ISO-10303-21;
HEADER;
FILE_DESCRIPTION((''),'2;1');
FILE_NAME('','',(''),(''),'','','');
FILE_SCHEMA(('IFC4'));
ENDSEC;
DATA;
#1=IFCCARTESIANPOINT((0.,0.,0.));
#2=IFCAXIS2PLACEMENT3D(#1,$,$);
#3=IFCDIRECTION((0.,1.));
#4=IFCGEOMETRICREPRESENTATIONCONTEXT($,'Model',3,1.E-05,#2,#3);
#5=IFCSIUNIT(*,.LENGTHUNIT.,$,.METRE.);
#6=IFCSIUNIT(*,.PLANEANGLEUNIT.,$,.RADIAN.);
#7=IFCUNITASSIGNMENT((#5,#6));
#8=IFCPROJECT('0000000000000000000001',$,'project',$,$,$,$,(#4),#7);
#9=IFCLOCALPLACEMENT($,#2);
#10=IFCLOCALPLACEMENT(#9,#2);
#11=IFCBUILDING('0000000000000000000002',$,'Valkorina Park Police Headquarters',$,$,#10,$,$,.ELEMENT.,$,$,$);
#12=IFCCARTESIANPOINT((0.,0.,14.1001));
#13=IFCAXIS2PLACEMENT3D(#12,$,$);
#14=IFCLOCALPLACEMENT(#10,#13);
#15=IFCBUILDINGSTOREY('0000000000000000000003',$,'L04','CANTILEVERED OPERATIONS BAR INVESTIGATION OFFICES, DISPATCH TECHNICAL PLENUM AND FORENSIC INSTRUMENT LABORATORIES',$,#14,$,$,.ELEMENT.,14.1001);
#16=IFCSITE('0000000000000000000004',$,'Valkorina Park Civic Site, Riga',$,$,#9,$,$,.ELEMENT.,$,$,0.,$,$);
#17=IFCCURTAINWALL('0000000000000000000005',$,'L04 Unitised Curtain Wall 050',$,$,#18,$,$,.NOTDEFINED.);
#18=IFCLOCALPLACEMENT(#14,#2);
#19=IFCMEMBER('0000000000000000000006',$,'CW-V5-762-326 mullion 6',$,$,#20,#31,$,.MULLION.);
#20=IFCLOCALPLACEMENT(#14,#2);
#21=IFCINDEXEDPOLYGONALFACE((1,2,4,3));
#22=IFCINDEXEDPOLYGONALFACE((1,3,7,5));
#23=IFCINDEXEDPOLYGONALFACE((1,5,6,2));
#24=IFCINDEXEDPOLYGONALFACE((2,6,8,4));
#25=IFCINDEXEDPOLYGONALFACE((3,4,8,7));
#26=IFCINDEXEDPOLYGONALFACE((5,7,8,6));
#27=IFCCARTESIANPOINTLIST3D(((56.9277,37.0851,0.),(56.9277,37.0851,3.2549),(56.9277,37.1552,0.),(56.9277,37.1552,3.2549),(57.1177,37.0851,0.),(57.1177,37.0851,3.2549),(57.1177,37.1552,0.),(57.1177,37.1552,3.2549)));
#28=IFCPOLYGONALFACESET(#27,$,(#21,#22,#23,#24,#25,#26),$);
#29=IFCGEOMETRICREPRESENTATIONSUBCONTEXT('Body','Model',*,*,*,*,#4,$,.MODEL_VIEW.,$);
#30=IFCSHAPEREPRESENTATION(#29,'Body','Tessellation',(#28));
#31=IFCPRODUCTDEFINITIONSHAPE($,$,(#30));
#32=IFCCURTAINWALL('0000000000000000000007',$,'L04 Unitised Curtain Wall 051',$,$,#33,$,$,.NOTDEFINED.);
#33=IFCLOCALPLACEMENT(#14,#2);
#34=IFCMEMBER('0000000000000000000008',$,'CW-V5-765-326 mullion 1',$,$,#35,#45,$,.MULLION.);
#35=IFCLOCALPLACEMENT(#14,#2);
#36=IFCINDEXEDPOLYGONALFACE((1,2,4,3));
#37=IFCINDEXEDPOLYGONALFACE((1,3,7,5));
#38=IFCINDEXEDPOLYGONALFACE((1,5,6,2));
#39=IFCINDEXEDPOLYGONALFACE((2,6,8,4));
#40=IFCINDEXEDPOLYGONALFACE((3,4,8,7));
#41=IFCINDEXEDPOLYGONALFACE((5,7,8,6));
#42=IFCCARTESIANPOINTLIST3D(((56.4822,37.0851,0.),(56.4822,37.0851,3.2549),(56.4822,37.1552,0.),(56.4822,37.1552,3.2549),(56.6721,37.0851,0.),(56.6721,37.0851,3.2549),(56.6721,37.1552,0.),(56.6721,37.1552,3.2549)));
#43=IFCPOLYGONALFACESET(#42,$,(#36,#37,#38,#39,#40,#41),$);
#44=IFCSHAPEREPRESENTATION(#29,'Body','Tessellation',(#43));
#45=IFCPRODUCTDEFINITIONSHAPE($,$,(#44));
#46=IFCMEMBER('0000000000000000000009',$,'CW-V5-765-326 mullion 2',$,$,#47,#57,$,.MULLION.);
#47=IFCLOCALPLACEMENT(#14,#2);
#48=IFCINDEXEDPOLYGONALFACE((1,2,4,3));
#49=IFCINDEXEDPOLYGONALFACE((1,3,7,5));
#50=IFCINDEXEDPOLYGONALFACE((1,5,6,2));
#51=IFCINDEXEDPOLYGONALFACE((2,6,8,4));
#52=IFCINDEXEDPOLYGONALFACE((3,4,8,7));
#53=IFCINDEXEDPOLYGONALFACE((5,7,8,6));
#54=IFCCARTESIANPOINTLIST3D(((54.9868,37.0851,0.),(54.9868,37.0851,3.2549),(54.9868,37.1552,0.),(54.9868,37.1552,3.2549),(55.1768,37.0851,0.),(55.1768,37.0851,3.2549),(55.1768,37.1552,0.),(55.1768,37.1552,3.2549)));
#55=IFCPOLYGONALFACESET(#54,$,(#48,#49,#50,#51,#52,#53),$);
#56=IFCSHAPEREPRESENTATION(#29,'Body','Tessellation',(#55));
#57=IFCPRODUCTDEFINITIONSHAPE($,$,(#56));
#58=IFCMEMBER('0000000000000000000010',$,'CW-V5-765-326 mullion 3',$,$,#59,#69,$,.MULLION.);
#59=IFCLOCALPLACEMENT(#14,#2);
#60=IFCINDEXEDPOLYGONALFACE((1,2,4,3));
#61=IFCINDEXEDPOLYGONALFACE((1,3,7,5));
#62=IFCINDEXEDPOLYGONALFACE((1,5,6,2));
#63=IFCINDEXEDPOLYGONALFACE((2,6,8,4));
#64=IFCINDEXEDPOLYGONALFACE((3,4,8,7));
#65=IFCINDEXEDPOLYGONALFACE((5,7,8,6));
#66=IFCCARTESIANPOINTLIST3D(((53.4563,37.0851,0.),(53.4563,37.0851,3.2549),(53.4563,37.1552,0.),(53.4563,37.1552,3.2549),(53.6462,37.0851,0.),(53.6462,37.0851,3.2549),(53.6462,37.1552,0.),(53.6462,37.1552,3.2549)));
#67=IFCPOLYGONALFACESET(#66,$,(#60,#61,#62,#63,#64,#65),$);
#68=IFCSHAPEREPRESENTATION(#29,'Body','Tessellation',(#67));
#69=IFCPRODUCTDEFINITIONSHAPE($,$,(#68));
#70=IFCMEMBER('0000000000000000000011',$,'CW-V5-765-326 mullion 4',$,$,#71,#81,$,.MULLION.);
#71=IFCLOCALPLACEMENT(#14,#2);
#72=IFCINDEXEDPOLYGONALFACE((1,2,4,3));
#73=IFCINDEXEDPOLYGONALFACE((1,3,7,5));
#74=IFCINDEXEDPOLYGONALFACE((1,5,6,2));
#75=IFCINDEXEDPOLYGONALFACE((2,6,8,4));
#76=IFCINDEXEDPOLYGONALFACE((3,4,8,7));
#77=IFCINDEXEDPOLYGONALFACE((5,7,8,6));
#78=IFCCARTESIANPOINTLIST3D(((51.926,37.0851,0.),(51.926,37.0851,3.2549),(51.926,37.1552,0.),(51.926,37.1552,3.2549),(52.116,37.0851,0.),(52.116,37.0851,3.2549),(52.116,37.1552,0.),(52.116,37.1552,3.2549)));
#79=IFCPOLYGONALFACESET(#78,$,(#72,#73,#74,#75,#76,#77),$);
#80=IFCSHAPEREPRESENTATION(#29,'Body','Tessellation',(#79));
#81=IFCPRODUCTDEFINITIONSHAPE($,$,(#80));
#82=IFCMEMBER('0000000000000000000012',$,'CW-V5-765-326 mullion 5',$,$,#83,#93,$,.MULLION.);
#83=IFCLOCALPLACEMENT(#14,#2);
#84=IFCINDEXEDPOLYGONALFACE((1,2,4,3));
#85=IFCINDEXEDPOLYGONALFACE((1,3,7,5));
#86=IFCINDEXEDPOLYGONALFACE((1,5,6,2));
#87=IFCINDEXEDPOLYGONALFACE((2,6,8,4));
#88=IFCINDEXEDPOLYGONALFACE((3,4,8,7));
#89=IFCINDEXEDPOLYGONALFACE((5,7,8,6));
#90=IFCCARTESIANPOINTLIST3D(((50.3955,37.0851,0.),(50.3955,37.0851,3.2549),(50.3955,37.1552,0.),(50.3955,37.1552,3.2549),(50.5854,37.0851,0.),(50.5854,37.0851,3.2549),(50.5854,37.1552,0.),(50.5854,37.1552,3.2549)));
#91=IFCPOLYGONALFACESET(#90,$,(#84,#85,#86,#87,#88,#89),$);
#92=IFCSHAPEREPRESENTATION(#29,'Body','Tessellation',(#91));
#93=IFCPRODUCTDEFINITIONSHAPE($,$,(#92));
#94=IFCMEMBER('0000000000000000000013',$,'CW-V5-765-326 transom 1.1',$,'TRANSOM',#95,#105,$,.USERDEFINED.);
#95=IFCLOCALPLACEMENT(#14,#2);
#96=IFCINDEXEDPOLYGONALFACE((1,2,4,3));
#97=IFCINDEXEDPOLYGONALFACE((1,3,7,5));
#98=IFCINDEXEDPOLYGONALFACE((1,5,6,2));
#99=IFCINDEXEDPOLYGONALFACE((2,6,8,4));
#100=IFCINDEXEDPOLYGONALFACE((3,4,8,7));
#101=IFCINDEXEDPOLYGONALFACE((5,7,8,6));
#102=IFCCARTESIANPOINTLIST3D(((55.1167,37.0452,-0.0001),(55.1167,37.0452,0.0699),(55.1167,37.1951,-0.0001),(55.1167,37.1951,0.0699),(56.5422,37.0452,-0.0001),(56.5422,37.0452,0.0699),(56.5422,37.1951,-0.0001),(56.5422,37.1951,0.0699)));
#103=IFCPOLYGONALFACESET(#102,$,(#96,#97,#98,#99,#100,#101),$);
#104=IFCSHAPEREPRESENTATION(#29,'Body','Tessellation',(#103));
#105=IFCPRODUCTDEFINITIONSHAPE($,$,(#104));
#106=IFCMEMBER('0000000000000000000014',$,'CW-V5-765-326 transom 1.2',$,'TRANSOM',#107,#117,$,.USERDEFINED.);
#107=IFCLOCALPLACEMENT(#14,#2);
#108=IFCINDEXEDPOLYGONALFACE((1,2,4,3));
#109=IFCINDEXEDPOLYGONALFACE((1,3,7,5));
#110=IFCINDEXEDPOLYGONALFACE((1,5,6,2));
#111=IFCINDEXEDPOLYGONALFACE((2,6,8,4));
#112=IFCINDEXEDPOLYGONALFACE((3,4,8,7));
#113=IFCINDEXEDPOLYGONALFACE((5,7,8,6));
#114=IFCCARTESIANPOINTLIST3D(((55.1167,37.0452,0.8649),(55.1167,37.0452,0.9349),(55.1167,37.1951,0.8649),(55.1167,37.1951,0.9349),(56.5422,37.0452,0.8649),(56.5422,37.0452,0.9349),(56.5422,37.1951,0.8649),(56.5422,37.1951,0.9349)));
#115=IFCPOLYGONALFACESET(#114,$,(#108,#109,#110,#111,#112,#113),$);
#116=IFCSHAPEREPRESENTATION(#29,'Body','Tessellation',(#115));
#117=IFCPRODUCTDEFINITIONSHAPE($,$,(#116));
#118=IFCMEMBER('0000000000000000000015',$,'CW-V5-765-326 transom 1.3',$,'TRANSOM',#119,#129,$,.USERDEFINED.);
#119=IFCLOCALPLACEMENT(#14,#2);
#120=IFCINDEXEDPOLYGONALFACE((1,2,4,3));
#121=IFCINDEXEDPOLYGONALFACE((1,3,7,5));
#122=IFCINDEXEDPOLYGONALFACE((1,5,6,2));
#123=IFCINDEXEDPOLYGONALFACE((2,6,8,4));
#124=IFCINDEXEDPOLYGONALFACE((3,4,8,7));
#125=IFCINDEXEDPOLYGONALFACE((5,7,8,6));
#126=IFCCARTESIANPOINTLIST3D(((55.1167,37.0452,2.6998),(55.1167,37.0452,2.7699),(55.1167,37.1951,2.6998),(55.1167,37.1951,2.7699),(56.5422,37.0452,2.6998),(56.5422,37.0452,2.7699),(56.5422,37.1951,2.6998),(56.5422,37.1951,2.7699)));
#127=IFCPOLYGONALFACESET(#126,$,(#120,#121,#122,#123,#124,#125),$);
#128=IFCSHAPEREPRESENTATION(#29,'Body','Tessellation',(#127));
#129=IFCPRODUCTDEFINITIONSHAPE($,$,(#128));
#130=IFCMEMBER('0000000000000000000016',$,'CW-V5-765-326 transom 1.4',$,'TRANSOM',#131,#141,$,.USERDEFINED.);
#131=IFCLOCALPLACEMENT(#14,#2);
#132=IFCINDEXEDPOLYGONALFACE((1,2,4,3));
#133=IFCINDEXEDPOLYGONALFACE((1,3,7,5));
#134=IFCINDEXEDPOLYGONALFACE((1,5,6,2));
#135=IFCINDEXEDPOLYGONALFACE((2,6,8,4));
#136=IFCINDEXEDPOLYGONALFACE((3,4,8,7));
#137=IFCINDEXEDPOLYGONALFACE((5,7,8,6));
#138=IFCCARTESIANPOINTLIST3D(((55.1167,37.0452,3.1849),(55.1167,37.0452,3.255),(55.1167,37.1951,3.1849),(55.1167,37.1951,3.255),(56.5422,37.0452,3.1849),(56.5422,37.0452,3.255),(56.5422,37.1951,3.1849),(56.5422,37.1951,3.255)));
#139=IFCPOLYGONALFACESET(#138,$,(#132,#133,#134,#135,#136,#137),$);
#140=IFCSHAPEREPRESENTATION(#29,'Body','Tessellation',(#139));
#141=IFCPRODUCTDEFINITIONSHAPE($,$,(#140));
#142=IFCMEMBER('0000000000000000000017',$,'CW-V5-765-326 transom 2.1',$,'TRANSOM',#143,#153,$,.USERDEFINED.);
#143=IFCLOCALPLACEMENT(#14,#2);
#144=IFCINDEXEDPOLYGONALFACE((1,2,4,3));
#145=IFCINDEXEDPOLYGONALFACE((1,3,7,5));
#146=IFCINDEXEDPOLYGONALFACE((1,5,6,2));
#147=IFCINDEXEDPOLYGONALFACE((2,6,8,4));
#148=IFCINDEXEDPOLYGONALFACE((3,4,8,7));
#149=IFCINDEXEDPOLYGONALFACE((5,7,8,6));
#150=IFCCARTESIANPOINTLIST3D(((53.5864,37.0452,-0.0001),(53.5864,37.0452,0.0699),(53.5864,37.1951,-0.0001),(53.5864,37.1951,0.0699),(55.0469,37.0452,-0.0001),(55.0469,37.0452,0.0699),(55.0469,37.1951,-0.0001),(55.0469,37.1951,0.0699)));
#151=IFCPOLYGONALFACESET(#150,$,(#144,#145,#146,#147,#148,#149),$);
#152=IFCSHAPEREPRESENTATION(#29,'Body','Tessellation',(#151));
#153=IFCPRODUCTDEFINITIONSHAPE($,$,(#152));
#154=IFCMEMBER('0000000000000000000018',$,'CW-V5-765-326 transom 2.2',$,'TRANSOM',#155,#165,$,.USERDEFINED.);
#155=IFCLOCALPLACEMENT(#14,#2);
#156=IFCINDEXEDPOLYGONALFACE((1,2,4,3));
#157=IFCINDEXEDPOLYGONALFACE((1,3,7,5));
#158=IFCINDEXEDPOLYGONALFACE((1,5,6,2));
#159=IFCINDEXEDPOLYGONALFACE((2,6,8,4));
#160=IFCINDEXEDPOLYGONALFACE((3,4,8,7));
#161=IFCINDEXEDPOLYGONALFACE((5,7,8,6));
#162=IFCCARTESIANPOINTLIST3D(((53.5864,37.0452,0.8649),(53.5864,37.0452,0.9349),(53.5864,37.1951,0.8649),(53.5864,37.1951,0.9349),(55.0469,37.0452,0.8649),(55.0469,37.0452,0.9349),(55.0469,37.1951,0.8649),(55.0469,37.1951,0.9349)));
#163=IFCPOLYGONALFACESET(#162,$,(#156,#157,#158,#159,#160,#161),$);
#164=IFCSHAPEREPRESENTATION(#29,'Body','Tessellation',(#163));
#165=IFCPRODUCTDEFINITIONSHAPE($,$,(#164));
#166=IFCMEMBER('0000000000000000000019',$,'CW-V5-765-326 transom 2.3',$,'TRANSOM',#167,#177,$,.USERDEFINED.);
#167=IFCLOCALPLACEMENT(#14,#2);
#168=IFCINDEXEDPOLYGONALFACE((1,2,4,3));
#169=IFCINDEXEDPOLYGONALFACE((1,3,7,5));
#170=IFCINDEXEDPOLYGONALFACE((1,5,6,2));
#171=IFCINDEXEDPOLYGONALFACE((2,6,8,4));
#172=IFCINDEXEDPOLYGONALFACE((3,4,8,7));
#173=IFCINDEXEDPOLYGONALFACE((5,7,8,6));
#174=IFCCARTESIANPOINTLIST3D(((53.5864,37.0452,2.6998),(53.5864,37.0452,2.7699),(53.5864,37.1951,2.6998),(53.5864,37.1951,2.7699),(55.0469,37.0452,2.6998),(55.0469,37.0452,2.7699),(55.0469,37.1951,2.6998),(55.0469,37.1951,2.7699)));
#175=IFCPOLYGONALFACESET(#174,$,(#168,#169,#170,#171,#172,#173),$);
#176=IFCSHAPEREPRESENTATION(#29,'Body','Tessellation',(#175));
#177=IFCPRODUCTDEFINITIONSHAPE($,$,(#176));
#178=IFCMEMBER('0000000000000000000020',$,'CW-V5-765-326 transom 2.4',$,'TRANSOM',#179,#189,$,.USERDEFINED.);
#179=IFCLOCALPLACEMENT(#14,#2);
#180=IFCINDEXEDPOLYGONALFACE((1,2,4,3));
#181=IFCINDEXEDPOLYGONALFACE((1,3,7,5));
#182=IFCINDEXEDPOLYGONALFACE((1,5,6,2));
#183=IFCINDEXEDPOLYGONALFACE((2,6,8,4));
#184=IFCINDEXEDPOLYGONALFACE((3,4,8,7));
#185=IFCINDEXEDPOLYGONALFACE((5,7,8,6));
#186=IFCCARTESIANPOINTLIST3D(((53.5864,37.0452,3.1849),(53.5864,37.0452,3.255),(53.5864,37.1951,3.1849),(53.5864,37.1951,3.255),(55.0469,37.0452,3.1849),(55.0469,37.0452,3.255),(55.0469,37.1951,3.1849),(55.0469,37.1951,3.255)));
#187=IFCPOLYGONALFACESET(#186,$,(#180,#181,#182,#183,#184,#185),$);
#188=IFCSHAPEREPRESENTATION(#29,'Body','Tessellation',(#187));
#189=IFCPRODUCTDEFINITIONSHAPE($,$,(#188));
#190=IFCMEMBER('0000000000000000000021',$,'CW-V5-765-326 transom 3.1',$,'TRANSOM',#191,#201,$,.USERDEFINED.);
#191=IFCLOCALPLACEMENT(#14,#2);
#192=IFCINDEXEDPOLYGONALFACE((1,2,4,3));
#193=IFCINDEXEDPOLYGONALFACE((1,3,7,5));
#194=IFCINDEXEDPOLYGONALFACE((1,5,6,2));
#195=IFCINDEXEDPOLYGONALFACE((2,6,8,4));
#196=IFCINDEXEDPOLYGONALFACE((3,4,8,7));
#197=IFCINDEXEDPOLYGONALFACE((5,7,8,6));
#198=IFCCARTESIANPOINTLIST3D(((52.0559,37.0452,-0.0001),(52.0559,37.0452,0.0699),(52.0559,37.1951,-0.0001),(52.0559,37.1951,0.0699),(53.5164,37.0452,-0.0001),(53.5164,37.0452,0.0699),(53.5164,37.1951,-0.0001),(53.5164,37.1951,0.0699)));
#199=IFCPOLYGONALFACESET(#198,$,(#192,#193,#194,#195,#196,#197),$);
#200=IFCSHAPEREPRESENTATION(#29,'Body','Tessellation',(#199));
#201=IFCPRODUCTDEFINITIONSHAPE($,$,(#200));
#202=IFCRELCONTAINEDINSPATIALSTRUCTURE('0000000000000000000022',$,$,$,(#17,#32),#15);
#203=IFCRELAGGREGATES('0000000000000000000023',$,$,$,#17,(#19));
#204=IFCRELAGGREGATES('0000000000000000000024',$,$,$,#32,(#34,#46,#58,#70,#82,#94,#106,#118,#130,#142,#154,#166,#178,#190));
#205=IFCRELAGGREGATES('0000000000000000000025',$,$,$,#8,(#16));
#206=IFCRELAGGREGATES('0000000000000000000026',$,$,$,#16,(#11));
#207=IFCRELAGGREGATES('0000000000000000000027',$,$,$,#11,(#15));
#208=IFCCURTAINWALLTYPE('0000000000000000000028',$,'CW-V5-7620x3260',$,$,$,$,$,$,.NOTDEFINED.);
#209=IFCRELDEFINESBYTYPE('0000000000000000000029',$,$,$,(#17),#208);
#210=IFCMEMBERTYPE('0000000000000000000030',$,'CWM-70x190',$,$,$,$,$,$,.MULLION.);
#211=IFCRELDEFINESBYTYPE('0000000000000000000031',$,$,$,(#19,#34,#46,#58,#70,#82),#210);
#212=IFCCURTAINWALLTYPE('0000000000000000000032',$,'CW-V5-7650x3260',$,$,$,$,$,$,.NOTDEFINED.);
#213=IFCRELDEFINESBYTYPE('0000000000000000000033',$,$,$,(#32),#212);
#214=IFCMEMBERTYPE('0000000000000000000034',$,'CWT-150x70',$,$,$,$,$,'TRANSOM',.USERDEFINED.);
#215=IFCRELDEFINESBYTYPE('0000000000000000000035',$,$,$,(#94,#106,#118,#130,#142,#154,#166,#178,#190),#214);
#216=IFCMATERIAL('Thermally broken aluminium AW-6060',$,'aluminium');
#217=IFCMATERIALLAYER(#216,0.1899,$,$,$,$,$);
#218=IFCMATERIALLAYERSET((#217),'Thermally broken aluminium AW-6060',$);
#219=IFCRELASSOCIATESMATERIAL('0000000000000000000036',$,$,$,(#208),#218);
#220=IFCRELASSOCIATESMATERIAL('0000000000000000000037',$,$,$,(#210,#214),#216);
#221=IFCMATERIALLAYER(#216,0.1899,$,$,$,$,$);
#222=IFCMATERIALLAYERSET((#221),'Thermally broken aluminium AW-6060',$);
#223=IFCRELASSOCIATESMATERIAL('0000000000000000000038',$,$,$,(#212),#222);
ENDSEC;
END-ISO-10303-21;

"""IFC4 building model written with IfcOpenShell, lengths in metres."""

from ifc_helpers import new_model, si_unit, direction, frame, origin, origin_2d, place, context, subcontext, project, spatial, rectangle, extrude, material, layer, layer_set, material_profile, profile_set, type_object, element, aggregate, save


model = new_model("IFC4")

# Units and contexts
model_context = context("Model", 3, precision=1e-05, world=origin(), true_north=direction((0.0, 1.0)))
body_context = subcontext(model_context, "Body", "Model", "MODEL_VIEW")
ifc_project = project(units=[si_unit("LENGTHUNIT", "METRE"), si_unit("PLANEANGLEUNIT", "RADIAN")], contexts=[model_context])

# Site, building, storey
site_placement = place(None, origin())
site = spatial("IfcSite", under=ifc_project, at=site_placement, Name="Valkorina Park Civic Site, Riga", CompositionType="ELEMENT", RefElevation=0.0)
building_placement = place(site_placement, origin())
building = spatial("IfcBuilding", under=site, at=building_placement, Name="Valkorina Park Police Headquarters", CompositionType="ELEMENT")
storey_placement = place(building_placement, frame((0.0, 0.0, 14.1001)))
storey = spatial("IfcBuildingStorey", under=building, at=storey_placement, Name="L04", Description="CANTILEVERED OPERATIONS BAR INVESTIGATION OFFICES, DISPATCH TECHNICAL PLENUM AND FORENSIC INSTRUMENT LABORATORIES", CompositionType="ELEMENT", Elevation=14.1001)

# Curtain wall, member
ifc_material_1 = material(Name="Thermally broken aluminium AW-6060", Category="aluminium")
ifc_layer_1 = layer(ifc_material_1, 0.1899)
ifc_layer_set_1 = layer_set([ifc_layer_1], Name="Thermally broken aluminium AW-6060")
curtain_wall_type_1 = type_object("IfcCurtainWallType", Name="CW-V5-7620x3260", PredefinedType="NOTDEFINED", material=ifc_layer_set_1)
curtain_wall_1_placement = place(storey_placement, origin())
curtain_wall_1 = element("IfcCurtainWall", 1, at=curtain_wall_1_placement, inside=storey, type_object=curtain_wall_type_1, Name="L04 Unitised Curtain Wall 050", PredefinedType="NOTDEFINED")
ifc_material_profile_1 = material_profile(ifc_material_1, rectangle(XDim=0.0701, YDim=0.1899, at=origin_2d()), Name="CWM-02 70x190")
ifc_profile_set_1 = profile_set([ifc_material_profile_1], Name="Thermally broken aluminium AW-6060")
member_type_1 = type_object("IfcMemberType", Name="CWM-70x190", PredefinedType="MULLION", material=ifc_profile_set_1)
member_1_placement = place(storey_placement, frame((57.0227, 37.1201, 0.0), z_axis=(0.0, 0.0, 1.0), x_axis=(0.0, -1.0, 0.0)))
member_1 = element("IfcMember", 2, at=member_1_placement, type_object=member_type_1, Name="CW-V5-762-326 mullion 6", PredefinedType="MULLION", context=body_context, shape_type="SweptSolid", body=[
    extrude(rectangle(XDim=0.0701, YDim=0.1899, at=origin_2d()), origin(), (0.0, 0.0, 1.0), 3.2549),
])
aggregate(curtain_wall_1, [member_1])

# Curtain wall, members
ifc_layer_2 = layer(ifc_material_1, 0.1899)
ifc_layer_set_2 = layer_set([ifc_layer_2], Name="Thermally broken aluminium AW-6060")
curtain_wall_type_2 = type_object("IfcCurtainWallType", Name="CW-V5-7650x3260", PredefinedType="NOTDEFINED", material=ifc_layer_set_2)
curtain_wall_2_placement = place(storey_placement, origin())
curtain_wall_2 = element("IfcCurtainWall", 3, at=curtain_wall_2_placement, inside=storey, type_object=curtain_wall_type_2, Name="L04 Unitised Curtain Wall 051", PredefinedType="NOTDEFINED")
member_2_placement = place(storey_placement, frame((56.5771, 37.1201, 0.0), z_axis=(0.0, 0.0, 1.0), x_axis=(0.0, -1.0, 0.0)))
member_2 = element("IfcMember", 4, at=member_2_placement, type_object=member_type_1, Name="CW-V5-765-326 mullion 1", PredefinedType="MULLION", context=body_context, shape_type="SweptSolid", body=[
    extrude(rectangle(XDim=0.0701, YDim=0.1899, at=origin_2d()), origin(), (0.0, 0.0, 1.0), 3.2549),
])
member_3_placement = place(storey_placement, frame((55.0818, 37.1201, 0.0), z_axis=(0.0, 0.0, 1.0), x_axis=(0.0, -1.0, 0.0)))
member_3 = element("IfcMember", 5, at=member_3_placement, type_object=member_type_1, Name="CW-V5-765-326 mullion 2", PredefinedType="MULLION", context=body_context, shape_type="SweptSolid", body=[
    extrude(rectangle(XDim=0.0701, YDim=0.1899, at=origin_2d()), origin(), (0.0, 0.0, 1.0), 3.2549),
])
member_4_placement = place(storey_placement, frame((53.5513, 37.1201, 0.0), z_axis=(0.0, 0.0, 1.0), x_axis=(0.0, -1.0, 0.0)))
member_4 = element("IfcMember", 6, at=member_4_placement, type_object=member_type_1, Name="CW-V5-765-326 mullion 3", PredefinedType="MULLION", context=body_context, shape_type="SweptSolid", body=[
    extrude(rectangle(XDim=0.0701, YDim=0.1899, at=origin_2d()), origin(), (0.0, 0.0, 1.0), 3.2549),
])
member_5_placement = place(storey_placement, frame((52.021, 37.1201, 0.0), z_axis=(0.0, 0.0, 1.0), x_axis=(0.0, -1.0, 0.0)))
member_5 = element("IfcMember", 7, at=member_5_placement, type_object=member_type_1, Name="CW-V5-765-326 mullion 4", PredefinedType="MULLION", context=body_context, shape_type="SweptSolid", body=[
    extrude(rectangle(XDim=0.0701, YDim=0.1899, at=origin_2d()), origin(), (0.0, 0.0, 1.0), 3.2549),
])
member_6_placement = place(storey_placement, frame((50.4905, 37.1201, 0.0), z_axis=(0.0, 0.0, 1.0), x_axis=(0.0, -1.0, 0.0)))
member_6 = element("IfcMember", 8, at=member_6_placement, type_object=member_type_1, Name="CW-V5-765-326 mullion 5", PredefinedType="MULLION", context=body_context, shape_type="SweptSolid", body=[
    extrude(rectangle(XDim=0.0701, YDim=0.1899, at=origin_2d()), origin(), (0.0, 0.0, 1.0), 3.2549),
])
ifc_material_profile_2 = material_profile(ifc_material_1, rectangle(XDim=0.1499, YDim=0.0701, at=origin_2d()), Name="CWT-02 150x70")
ifc_profile_set_2 = profile_set([ifc_material_profile_2], Name="Thermally broken aluminium AW-6060")
member_type_2 = type_object("IfcMemberType", Name="CWT-150x70", ElementType="TRANSOM", PredefinedType="USERDEFINED", material=ifc_profile_set_2)
member_7_placement = place(storey_placement, frame((56.5422, 37.1201, 0.0349), z_axis=(-1.0, 0.0, 0.0), x_axis=(0.0, -1.0, 0.0)))
member_7 = element("IfcMember", 9, at=member_7_placement, type_object=member_type_2, Name="CW-V5-765-326 transom 1.1", ObjectType="TRANSOM", PredefinedType="USERDEFINED", context=body_context, shape_type="SweptSolid", body=[
    extrude(rectangle(XDim=0.1499, YDim=0.0701, at=origin_2d()), origin(), (0.0, 0.0, 1.0), 1.4255),
])
member_8_placement = place(storey_placement, frame((56.5422, 37.1201, 0.8999), z_axis=(-1.0, 0.0, 0.0), x_axis=(0.0, -1.0, 0.0)))
member_8 = element("IfcMember", 10, at=member_8_placement, type_object=member_type_2, Name="CW-V5-765-326 transom 1.2", ObjectType="TRANSOM", PredefinedType="USERDEFINED", context=body_context, shape_type="SweptSolid", body=[
    extrude(rectangle(XDim=0.1499, YDim=0.0701, at=origin_2d()), origin(), (0.0, 0.0, 1.0), 1.4255),
])
member_9_placement = place(storey_placement, frame((56.5422, 37.1201, 2.7349), z_axis=(-1.0, 0.0, 0.0), x_axis=(0.0, -1.0, 0.0)))
member_9 = element("IfcMember", 11, at=member_9_placement, type_object=member_type_2, Name="CW-V5-765-326 transom 1.3", ObjectType="TRANSOM", PredefinedType="USERDEFINED", context=body_context, shape_type="SweptSolid", body=[
    extrude(rectangle(XDim=0.1499, YDim=0.0701, at=origin_2d()), origin(), (0.0, 0.0, 1.0), 1.4255),
])
member_10_placement = place(storey_placement, frame((56.5422, 37.1201, 3.22), z_axis=(-1.0, 0.0, 0.0), x_axis=(0.0, -1.0, 0.0)))
member_10 = element("IfcMember", 12, at=member_10_placement, type_object=member_type_2, Name="CW-V5-765-326 transom 1.4", ObjectType="TRANSOM", PredefinedType="USERDEFINED", context=body_context, shape_type="SweptSolid", body=[
    extrude(rectangle(XDim=0.1499, YDim=0.0701, at=origin_2d()), origin(), (0.0, 0.0, 1.0), 1.4255),
])
member_11_placement = place(storey_placement, frame((55.0469, 37.1201, 0.0349), z_axis=(-1.0, 0.0, 0.0), x_axis=(0.0, -1.0, 0.0)))
member_11 = element("IfcMember", 13, at=member_11_placement, type_object=member_type_2, Name="CW-V5-765-326 transom 2.1", ObjectType="TRANSOM", PredefinedType="USERDEFINED", context=body_context, shape_type="SweptSolid", body=[
    extrude(rectangle(XDim=0.1499, YDim=0.0701, at=origin_2d()), origin(), (0.0, 0.0, 1.0), 1.4604),
])
member_12_placement = place(storey_placement, frame((55.0469, 37.1201, 0.8999), z_axis=(-1.0, 0.0, 0.0), x_axis=(0.0, -1.0, 0.0)))
member_12 = element("IfcMember", 14, at=member_12_placement, type_object=member_type_2, Name="CW-V5-765-326 transom 2.2", ObjectType="TRANSOM", PredefinedType="USERDEFINED", context=body_context, shape_type="SweptSolid", body=[
    extrude(rectangle(XDim=0.1499, YDim=0.0701, at=origin_2d()), origin(), (0.0, 0.0, 1.0), 1.4604),
])
member_13_placement = place(storey_placement, frame((55.0469, 37.1201, 2.7349), z_axis=(-1.0, 0.0, 0.0), x_axis=(0.0, -1.0, 0.0)))
member_13 = element("IfcMember", 15, at=member_13_placement, type_object=member_type_2, Name="CW-V5-765-326 transom 2.3", ObjectType="TRANSOM", PredefinedType="USERDEFINED", context=body_context, shape_type="SweptSolid", body=[
    extrude(rectangle(XDim=0.1499, YDim=0.0701, at=origin_2d()), origin(), (0.0, 0.0, 1.0), 1.4604),
])
member_14_placement = place(storey_placement, frame((55.0469, 37.1201, 3.22), z_axis=(-1.0, 0.0, 0.0), x_axis=(0.0, -1.0, 0.0)))
member_14 = element("IfcMember", 16, at=member_14_placement, type_object=member_type_2, Name="CW-V5-765-326 transom 2.4", ObjectType="TRANSOM", PredefinedType="USERDEFINED", context=body_context, shape_type="SweptSolid", body=[
    extrude(rectangle(XDim=0.1499, YDim=0.0701, at=origin_2d()), origin(), (0.0, 0.0, 1.0), 1.4604),
])
member_15_placement = place(storey_placement, frame((53.5164, 37.1201, 0.0349), z_axis=(-1.0, 0.0, 0.0), x_axis=(0.0, -1.0, 0.0)))
member_15 = element("IfcMember", 17, at=member_15_placement, type_object=member_type_2, Name="CW-V5-765-326 transom 3.1", ObjectType="TRANSOM", PredefinedType="USERDEFINED", context=body_context, shape_type="SweptSolid", body=[
    extrude(rectangle(XDim=0.1499, YDim=0.0701, at=origin_2d()), origin(), (0.0, 0.0, 1.0), 1.4604),
])
aggregate(curtain_wall_2, [member_2, member_3, member_4, member_5, member_6, member_7, member_8, member_9, member_10, member_11, member_12, member_13, member_14, member_15])

save(model, "model.ifc")
